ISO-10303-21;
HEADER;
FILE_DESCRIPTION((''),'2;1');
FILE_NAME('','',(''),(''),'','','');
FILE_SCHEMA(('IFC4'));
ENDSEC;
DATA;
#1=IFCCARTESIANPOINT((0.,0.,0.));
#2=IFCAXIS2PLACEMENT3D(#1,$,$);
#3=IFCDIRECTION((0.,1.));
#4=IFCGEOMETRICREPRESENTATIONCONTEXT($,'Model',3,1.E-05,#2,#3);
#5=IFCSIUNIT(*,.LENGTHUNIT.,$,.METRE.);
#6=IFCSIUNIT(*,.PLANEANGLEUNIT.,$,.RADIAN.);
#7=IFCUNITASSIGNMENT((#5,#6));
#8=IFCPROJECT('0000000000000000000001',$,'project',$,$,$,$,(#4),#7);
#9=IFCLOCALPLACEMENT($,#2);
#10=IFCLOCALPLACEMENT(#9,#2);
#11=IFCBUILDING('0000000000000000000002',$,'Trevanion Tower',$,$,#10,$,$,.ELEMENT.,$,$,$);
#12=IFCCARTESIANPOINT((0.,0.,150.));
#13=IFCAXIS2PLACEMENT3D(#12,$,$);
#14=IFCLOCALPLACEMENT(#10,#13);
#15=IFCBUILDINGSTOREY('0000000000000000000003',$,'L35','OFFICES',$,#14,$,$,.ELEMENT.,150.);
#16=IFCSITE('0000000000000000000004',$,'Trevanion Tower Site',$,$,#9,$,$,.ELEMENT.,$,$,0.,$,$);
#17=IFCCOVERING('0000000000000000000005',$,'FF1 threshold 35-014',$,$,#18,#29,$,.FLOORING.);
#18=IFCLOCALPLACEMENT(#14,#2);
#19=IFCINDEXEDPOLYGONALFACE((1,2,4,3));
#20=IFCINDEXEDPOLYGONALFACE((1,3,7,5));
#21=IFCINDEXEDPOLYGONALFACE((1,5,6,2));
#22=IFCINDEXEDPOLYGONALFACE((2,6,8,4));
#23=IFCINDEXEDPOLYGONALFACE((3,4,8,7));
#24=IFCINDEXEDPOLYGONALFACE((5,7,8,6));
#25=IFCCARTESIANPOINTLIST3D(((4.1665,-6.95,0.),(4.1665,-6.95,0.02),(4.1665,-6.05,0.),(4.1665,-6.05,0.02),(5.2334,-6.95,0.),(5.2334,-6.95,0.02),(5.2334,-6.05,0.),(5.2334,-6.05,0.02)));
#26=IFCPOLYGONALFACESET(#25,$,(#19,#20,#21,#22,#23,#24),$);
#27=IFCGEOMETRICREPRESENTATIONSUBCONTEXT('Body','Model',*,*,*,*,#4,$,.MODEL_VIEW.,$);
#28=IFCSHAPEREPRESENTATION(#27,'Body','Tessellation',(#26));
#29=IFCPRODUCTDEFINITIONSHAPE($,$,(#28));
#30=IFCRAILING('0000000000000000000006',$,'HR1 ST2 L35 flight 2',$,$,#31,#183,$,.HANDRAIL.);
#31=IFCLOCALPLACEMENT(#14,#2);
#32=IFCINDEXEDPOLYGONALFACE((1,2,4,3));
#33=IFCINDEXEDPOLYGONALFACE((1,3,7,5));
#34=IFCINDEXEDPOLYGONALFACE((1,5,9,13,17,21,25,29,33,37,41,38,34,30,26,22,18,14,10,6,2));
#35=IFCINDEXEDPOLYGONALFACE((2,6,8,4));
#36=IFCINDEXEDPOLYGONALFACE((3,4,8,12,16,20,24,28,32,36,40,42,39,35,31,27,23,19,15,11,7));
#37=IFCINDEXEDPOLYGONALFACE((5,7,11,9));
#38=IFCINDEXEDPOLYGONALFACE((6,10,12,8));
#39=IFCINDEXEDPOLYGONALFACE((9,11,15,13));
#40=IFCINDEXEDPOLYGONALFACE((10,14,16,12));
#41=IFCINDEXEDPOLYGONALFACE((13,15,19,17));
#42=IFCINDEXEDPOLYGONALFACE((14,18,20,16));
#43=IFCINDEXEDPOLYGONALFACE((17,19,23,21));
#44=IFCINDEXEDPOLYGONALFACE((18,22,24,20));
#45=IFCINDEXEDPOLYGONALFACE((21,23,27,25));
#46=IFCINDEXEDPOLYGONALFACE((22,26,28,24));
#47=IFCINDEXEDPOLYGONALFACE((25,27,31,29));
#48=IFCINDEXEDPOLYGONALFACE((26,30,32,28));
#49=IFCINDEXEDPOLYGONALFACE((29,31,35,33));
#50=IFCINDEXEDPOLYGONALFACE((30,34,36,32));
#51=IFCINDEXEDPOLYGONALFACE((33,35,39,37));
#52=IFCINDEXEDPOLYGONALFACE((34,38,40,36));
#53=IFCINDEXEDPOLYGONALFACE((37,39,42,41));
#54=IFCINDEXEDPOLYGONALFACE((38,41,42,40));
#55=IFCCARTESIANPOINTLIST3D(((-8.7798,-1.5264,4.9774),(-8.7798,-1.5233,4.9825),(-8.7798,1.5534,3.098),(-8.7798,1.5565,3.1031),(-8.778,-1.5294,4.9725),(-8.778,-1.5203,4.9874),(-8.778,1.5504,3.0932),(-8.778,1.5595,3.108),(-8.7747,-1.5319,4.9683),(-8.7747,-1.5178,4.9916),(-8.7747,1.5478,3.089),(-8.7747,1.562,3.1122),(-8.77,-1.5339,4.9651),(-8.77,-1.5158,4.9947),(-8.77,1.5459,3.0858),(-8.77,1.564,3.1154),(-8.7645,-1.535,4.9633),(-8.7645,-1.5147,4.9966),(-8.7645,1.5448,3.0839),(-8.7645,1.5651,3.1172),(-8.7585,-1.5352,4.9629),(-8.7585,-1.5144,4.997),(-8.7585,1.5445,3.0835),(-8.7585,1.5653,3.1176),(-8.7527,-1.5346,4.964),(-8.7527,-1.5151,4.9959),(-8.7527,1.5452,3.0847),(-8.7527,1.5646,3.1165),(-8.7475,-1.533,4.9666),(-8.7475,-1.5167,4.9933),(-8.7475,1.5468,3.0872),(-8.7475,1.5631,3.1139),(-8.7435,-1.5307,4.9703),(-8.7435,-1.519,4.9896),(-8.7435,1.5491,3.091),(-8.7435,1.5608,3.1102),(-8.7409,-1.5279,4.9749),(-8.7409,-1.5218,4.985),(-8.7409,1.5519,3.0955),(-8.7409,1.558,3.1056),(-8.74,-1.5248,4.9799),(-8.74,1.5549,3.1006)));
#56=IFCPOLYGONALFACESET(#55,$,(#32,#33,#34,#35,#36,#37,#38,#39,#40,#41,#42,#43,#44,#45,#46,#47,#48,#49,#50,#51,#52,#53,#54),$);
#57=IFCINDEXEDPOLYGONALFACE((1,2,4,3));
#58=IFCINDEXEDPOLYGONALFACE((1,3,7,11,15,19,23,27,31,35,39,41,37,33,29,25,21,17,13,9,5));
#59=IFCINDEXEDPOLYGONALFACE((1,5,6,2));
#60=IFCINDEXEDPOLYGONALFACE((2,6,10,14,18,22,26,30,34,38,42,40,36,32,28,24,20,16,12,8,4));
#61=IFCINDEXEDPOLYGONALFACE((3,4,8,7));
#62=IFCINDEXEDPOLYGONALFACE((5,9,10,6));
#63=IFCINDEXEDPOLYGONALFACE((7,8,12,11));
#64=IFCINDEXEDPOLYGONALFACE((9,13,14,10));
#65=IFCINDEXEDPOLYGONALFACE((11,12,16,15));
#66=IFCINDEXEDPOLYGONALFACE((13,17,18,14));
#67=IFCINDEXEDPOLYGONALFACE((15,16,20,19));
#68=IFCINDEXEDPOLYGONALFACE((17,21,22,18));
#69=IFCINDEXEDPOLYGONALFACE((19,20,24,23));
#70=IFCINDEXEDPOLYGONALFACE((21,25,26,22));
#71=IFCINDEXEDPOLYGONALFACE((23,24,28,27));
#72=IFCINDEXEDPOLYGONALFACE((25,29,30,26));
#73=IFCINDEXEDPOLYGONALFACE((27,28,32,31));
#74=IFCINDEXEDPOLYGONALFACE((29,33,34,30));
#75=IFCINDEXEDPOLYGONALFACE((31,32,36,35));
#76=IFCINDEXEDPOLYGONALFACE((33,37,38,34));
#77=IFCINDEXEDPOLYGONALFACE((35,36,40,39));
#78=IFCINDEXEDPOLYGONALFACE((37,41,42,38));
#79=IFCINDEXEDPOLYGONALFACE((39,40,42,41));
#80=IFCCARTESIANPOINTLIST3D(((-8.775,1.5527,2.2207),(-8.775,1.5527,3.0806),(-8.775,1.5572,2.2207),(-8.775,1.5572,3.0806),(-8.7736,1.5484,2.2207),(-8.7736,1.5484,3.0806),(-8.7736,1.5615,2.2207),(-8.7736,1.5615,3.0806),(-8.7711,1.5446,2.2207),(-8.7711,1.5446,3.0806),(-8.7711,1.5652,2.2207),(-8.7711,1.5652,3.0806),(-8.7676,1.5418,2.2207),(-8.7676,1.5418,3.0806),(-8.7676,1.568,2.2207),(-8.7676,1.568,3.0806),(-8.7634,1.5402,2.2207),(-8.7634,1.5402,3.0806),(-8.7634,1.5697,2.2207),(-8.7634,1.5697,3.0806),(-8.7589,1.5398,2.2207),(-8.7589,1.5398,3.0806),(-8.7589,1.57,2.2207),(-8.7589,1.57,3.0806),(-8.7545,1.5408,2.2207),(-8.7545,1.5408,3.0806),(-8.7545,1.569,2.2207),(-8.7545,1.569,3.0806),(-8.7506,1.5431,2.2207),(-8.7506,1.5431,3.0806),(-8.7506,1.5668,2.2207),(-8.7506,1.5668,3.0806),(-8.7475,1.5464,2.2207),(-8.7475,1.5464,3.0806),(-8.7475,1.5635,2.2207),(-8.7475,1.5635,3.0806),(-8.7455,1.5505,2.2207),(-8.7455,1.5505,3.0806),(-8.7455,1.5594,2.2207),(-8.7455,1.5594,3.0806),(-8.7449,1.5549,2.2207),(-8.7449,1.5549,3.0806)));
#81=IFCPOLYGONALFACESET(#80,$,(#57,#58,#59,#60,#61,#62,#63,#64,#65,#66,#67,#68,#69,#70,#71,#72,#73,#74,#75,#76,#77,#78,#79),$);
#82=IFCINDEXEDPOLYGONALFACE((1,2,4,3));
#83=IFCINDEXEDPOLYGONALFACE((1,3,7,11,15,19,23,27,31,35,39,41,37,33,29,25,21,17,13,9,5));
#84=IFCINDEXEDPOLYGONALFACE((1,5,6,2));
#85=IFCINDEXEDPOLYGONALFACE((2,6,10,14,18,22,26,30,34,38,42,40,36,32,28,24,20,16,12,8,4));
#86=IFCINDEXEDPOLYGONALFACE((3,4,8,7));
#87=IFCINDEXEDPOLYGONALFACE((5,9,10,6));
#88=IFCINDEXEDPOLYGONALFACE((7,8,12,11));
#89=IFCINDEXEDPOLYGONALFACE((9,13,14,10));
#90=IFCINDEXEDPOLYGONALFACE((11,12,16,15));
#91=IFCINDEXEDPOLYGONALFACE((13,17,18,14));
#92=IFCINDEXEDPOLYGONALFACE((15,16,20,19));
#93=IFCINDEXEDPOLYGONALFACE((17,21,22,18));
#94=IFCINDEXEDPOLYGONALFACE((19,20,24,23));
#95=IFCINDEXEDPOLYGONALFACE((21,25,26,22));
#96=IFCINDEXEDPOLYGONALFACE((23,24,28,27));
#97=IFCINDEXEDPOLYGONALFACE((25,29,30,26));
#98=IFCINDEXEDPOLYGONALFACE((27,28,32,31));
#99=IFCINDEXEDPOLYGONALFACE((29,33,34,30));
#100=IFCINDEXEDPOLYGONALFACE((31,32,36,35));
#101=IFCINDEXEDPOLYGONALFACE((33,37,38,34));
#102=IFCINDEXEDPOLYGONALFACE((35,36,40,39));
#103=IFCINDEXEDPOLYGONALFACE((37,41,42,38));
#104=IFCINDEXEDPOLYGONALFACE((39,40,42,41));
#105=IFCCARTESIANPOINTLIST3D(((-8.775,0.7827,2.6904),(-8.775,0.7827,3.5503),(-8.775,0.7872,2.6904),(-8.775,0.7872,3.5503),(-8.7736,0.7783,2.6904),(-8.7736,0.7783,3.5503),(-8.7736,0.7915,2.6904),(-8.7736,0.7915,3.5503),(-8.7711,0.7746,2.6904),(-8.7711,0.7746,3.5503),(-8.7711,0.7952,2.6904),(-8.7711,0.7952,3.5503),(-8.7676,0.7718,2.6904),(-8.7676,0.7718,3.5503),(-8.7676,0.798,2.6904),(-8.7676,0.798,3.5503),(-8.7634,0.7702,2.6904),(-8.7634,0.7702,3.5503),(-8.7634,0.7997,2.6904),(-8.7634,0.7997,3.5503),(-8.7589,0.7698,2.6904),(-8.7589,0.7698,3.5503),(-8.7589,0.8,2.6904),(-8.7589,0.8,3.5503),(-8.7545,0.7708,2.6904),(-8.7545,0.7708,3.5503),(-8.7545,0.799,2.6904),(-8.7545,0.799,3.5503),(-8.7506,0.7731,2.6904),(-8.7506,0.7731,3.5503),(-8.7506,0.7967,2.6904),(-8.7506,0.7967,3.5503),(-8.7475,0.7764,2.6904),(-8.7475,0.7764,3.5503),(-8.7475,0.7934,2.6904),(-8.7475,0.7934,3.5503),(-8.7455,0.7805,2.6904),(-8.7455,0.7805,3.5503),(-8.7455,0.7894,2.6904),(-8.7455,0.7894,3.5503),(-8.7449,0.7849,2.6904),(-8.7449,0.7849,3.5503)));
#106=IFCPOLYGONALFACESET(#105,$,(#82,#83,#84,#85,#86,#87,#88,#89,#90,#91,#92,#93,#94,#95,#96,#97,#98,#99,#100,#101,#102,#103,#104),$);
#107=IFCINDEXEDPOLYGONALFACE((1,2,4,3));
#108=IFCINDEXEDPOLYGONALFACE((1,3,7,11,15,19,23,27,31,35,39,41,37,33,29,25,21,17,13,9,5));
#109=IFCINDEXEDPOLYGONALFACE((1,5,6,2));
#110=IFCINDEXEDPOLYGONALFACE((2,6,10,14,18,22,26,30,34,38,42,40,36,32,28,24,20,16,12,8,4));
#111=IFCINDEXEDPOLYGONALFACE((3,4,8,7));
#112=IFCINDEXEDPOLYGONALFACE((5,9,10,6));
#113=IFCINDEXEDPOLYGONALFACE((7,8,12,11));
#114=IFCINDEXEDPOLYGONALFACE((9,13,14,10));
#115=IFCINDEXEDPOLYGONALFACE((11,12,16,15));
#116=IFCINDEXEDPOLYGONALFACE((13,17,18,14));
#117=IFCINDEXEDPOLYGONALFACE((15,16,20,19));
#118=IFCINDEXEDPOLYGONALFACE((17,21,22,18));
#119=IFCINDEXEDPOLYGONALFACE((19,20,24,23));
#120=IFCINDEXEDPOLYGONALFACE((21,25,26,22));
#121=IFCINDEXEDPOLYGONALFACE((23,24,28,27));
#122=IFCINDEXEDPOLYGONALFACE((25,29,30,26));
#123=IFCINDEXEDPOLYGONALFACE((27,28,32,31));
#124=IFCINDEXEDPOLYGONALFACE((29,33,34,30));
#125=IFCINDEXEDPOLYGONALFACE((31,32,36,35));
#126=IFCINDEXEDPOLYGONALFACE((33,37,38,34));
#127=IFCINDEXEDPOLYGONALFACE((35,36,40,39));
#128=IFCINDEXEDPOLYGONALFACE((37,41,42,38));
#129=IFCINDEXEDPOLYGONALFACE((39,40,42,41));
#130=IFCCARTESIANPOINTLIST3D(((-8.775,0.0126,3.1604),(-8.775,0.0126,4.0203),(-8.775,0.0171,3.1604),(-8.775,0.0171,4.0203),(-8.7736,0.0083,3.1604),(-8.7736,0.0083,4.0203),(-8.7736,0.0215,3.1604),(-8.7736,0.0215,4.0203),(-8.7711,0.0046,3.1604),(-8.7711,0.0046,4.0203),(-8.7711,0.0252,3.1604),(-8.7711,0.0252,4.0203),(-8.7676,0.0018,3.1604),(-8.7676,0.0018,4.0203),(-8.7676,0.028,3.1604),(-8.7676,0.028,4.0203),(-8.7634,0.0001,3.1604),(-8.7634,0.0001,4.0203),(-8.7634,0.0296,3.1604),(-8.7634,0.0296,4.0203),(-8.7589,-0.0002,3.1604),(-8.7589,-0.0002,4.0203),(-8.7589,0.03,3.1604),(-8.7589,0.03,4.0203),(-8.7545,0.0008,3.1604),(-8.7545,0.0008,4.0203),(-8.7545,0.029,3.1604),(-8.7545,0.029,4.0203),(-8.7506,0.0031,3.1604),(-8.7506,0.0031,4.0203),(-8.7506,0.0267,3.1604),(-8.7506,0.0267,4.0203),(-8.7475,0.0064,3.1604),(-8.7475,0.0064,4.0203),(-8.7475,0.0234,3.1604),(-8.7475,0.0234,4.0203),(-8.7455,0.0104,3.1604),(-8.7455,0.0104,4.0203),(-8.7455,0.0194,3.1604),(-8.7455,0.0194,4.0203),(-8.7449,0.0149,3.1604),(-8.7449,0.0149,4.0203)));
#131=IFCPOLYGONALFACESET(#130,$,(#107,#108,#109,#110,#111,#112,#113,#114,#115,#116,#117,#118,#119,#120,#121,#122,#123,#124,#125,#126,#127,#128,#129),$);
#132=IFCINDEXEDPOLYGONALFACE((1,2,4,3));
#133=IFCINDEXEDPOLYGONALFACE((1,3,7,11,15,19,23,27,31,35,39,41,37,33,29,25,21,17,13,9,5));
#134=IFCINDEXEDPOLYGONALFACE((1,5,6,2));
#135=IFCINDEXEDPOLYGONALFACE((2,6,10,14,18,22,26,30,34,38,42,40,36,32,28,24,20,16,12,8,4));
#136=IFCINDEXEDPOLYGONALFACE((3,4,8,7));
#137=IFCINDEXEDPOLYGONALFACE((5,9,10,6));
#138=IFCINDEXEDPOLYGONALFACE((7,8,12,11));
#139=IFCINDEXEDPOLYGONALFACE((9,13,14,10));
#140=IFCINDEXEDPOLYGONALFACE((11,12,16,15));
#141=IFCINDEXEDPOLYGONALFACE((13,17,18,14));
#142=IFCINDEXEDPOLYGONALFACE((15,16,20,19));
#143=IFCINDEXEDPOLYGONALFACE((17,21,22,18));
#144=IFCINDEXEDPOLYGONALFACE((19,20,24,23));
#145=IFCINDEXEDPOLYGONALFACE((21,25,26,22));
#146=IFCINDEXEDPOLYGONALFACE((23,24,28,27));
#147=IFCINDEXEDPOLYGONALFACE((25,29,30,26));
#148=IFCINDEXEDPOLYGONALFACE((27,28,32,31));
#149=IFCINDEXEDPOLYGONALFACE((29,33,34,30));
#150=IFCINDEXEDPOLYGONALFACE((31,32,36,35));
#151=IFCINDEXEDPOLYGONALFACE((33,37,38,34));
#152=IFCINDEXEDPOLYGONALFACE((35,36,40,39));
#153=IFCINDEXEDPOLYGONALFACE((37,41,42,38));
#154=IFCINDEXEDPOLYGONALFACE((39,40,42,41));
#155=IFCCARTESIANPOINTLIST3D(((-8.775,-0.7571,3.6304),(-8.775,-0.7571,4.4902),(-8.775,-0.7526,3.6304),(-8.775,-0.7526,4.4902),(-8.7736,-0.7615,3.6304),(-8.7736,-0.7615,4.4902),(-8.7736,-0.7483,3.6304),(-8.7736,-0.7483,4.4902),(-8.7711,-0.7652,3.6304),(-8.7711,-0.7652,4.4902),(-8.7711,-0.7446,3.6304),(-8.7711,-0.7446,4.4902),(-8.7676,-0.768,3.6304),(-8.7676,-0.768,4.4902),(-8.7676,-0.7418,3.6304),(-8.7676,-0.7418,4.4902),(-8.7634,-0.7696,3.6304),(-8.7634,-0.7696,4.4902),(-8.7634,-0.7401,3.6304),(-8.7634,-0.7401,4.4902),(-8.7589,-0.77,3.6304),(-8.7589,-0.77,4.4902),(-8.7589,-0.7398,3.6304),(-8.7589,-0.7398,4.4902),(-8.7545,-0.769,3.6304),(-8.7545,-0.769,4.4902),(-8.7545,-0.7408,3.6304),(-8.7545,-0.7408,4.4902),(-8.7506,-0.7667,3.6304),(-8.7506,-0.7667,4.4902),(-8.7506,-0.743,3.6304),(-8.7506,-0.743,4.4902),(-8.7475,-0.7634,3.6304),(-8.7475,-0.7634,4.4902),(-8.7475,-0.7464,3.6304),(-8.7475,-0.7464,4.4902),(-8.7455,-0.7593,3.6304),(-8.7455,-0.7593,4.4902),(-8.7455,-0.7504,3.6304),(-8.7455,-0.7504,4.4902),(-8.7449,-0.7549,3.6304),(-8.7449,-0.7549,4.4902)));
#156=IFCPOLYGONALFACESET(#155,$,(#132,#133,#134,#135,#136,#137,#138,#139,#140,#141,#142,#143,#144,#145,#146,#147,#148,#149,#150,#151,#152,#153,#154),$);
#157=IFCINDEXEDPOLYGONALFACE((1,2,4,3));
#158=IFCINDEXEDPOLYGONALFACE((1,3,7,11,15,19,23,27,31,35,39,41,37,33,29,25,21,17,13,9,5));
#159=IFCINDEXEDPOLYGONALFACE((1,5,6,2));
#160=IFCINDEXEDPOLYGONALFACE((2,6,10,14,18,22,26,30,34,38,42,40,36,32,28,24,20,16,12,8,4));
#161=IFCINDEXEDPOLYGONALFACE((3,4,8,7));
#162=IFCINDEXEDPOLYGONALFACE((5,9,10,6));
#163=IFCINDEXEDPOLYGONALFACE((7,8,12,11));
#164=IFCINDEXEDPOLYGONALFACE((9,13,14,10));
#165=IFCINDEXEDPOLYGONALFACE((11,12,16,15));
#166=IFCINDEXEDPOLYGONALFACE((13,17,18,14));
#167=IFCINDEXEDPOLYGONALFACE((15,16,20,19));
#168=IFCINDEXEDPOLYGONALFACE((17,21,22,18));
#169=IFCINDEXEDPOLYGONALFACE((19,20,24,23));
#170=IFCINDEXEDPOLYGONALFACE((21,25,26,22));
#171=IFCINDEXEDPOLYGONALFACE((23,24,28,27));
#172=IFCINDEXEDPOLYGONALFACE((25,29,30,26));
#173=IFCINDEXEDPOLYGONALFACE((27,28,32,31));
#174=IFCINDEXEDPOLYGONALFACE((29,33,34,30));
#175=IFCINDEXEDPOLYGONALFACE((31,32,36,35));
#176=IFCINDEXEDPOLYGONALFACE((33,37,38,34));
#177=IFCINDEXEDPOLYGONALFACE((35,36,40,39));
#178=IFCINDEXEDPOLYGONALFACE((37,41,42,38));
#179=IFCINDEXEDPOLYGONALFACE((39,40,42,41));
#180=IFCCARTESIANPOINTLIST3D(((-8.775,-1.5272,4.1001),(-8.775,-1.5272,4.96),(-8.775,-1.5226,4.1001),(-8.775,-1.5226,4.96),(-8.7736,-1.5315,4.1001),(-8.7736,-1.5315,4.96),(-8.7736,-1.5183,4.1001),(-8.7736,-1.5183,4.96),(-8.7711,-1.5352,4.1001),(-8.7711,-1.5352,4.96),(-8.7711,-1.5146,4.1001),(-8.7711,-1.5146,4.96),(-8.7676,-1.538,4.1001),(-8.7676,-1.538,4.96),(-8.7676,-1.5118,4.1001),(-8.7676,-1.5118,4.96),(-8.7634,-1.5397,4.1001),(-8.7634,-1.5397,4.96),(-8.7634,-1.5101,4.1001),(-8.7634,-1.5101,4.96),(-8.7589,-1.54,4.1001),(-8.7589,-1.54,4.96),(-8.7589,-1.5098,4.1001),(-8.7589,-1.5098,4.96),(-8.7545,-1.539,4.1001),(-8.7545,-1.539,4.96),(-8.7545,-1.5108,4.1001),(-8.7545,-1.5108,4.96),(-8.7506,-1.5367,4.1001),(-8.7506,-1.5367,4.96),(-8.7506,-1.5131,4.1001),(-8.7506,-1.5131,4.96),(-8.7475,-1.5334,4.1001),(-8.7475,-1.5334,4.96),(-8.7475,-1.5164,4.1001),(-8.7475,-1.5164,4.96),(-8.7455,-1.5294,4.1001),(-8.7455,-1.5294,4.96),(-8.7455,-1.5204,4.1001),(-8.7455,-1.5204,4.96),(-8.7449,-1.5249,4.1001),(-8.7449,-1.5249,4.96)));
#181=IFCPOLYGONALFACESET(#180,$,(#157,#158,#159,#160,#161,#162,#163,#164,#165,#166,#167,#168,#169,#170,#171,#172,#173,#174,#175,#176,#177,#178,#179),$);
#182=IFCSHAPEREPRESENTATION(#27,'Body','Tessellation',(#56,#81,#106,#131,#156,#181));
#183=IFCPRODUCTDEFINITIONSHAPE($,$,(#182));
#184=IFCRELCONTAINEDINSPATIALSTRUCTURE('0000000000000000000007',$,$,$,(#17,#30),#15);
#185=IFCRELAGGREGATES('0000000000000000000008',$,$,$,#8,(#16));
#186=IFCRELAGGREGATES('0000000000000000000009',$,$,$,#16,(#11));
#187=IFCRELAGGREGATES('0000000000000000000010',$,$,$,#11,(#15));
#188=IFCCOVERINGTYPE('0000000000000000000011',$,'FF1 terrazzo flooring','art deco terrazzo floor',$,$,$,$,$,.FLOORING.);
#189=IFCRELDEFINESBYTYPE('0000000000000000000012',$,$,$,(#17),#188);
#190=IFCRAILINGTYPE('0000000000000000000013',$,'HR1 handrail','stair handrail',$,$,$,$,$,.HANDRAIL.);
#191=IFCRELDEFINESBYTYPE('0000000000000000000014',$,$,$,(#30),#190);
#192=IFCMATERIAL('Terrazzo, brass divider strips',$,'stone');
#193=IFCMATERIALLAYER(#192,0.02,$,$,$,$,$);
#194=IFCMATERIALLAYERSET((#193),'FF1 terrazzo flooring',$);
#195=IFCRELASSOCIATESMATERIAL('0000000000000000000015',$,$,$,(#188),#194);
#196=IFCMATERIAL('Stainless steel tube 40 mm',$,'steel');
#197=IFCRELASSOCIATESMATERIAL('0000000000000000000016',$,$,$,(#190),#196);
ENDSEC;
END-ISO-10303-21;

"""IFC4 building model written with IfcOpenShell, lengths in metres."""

from ifc_helpers import new_model, si_unit, direction, frame, origin, origin_2d, place, context, subcontext, project, spatial, polyline, circle, outline, extrude, material, layer, layer_set, type_object, element, save


model = new_model("IFC4")

# Units and contexts
model_context = context("Model", 3, precision=1e-05, world=origin(), true_north=direction((0.0, 1.0)))
body_context = subcontext(model_context, "Body", "Model", "MODEL_VIEW")
ifc_project = project(units=[si_unit("LENGTHUNIT", "METRE"), si_unit("PLANEANGLEUNIT", "RADIAN")], contexts=[model_context])

# Site, building, storey
site_placement = place(None, origin())
site = spatial("IfcSite", under=ifc_project, at=site_placement, Name="Trevanion Tower Site", CompositionType="ELEMENT", RefElevation=0.0)
building_placement = place(site_placement, origin())
building = spatial("IfcBuilding", under=site, at=building_placement, Name="Trevanion Tower", CompositionType="ELEMENT")
storey_placement = place(building_placement, frame((0.0, 0.0, 150.0)))
storey = spatial("IfcBuildingStorey", under=building, at=storey_placement, Name="L35", Description="OFFICES", CompositionType="ELEMENT", Elevation=150.0)

# Covering
ifc_material_1 = material(Name="Terrazzo, brass divider strips", Category="stone")
ifc_layer_1 = layer(ifc_material_1, 0.02)
ifc_layer_set_1 = layer_set([ifc_layer_1], Name="FF1 terrazzo flooring")
covering_type = type_object("IfcCoveringType", Name="FF1 terrazzo flooring", Description="art deco terrazzo floor", PredefinedType="FLOORING", material=ifc_layer_set_1)
covering_1_placement = place(storey_placement, origin())
element("IfcCovering", 1, at=covering_1_placement, inside=storey, type_object=covering_type, Name="FF1 threshold 35-014", PredefinedType="FLOORING", context=body_context, shape_type="SweptSolid", body=[
    extrude(outline(polyline([(4.1665, -6.95), (5.2334, -6.95), (5.2334, -6.05), (4.1665, -6.05), (4.1665, -6.95)])), origin(), (0.0, 0.0, 1.0), 0.02),
])

# Railing
ifc_material_2 = material(Name="Stainless steel tube 40 mm", Category="steel")
railing_type = type_object("IfcRailingType", Name="HR1 handrail", Description="stair handrail", PredefinedType="HANDRAIL", material=ifc_material_2)
for number, where, name in (
    (2, (-8.76, 1.5549, 2.2207), "HR1 ST2 L35 flight 2"),
):
    element("IfcRailing", number, at=place(storey_placement, frame(where)), inside=storey, type_object=railing_type, Name=name, PredefinedType="HANDRAIL", context=body_context, shape_type="SweptSolid", body=[
        extrude(circle(Radius=0.02, at=origin_2d()), frame((0.0, 0.0, 0.8799), z_axis=(0.0, -0.853618, 0.5209), x_axis=(1.0, 0.0, 0.0)), (0.0, 0.0, 1.0), 3.6079),
        extrude(circle(Radius=0.0151, at=origin_2d()), origin(), (0.0, 0.0, 1.0), 0.8599),
        extrude(circle(Radius=0.0151, at=origin_2d()), frame((0.0, -0.77, 0.4697)), (0.0, 0.0, 1.0), 0.8599),
        extrude(circle(Radius=0.0151, at=origin_2d()), frame((0.0, -1.54, 0.9397)), (0.0, 0.0, 1.0), 0.8599),
        extrude(circle(Radius=0.0151, at=origin_2d()), frame((0.0, -2.3098, 1.4097)), (0.0, 0.0, 1.0), 0.8599),
        extrude(circle(Radius=0.0151, at=origin_2d()), frame((0.0, -3.0798, 1.8794)), (0.0, 0.0, 1.0), 0.8599),
    ])

save(model, "model.ifc")
